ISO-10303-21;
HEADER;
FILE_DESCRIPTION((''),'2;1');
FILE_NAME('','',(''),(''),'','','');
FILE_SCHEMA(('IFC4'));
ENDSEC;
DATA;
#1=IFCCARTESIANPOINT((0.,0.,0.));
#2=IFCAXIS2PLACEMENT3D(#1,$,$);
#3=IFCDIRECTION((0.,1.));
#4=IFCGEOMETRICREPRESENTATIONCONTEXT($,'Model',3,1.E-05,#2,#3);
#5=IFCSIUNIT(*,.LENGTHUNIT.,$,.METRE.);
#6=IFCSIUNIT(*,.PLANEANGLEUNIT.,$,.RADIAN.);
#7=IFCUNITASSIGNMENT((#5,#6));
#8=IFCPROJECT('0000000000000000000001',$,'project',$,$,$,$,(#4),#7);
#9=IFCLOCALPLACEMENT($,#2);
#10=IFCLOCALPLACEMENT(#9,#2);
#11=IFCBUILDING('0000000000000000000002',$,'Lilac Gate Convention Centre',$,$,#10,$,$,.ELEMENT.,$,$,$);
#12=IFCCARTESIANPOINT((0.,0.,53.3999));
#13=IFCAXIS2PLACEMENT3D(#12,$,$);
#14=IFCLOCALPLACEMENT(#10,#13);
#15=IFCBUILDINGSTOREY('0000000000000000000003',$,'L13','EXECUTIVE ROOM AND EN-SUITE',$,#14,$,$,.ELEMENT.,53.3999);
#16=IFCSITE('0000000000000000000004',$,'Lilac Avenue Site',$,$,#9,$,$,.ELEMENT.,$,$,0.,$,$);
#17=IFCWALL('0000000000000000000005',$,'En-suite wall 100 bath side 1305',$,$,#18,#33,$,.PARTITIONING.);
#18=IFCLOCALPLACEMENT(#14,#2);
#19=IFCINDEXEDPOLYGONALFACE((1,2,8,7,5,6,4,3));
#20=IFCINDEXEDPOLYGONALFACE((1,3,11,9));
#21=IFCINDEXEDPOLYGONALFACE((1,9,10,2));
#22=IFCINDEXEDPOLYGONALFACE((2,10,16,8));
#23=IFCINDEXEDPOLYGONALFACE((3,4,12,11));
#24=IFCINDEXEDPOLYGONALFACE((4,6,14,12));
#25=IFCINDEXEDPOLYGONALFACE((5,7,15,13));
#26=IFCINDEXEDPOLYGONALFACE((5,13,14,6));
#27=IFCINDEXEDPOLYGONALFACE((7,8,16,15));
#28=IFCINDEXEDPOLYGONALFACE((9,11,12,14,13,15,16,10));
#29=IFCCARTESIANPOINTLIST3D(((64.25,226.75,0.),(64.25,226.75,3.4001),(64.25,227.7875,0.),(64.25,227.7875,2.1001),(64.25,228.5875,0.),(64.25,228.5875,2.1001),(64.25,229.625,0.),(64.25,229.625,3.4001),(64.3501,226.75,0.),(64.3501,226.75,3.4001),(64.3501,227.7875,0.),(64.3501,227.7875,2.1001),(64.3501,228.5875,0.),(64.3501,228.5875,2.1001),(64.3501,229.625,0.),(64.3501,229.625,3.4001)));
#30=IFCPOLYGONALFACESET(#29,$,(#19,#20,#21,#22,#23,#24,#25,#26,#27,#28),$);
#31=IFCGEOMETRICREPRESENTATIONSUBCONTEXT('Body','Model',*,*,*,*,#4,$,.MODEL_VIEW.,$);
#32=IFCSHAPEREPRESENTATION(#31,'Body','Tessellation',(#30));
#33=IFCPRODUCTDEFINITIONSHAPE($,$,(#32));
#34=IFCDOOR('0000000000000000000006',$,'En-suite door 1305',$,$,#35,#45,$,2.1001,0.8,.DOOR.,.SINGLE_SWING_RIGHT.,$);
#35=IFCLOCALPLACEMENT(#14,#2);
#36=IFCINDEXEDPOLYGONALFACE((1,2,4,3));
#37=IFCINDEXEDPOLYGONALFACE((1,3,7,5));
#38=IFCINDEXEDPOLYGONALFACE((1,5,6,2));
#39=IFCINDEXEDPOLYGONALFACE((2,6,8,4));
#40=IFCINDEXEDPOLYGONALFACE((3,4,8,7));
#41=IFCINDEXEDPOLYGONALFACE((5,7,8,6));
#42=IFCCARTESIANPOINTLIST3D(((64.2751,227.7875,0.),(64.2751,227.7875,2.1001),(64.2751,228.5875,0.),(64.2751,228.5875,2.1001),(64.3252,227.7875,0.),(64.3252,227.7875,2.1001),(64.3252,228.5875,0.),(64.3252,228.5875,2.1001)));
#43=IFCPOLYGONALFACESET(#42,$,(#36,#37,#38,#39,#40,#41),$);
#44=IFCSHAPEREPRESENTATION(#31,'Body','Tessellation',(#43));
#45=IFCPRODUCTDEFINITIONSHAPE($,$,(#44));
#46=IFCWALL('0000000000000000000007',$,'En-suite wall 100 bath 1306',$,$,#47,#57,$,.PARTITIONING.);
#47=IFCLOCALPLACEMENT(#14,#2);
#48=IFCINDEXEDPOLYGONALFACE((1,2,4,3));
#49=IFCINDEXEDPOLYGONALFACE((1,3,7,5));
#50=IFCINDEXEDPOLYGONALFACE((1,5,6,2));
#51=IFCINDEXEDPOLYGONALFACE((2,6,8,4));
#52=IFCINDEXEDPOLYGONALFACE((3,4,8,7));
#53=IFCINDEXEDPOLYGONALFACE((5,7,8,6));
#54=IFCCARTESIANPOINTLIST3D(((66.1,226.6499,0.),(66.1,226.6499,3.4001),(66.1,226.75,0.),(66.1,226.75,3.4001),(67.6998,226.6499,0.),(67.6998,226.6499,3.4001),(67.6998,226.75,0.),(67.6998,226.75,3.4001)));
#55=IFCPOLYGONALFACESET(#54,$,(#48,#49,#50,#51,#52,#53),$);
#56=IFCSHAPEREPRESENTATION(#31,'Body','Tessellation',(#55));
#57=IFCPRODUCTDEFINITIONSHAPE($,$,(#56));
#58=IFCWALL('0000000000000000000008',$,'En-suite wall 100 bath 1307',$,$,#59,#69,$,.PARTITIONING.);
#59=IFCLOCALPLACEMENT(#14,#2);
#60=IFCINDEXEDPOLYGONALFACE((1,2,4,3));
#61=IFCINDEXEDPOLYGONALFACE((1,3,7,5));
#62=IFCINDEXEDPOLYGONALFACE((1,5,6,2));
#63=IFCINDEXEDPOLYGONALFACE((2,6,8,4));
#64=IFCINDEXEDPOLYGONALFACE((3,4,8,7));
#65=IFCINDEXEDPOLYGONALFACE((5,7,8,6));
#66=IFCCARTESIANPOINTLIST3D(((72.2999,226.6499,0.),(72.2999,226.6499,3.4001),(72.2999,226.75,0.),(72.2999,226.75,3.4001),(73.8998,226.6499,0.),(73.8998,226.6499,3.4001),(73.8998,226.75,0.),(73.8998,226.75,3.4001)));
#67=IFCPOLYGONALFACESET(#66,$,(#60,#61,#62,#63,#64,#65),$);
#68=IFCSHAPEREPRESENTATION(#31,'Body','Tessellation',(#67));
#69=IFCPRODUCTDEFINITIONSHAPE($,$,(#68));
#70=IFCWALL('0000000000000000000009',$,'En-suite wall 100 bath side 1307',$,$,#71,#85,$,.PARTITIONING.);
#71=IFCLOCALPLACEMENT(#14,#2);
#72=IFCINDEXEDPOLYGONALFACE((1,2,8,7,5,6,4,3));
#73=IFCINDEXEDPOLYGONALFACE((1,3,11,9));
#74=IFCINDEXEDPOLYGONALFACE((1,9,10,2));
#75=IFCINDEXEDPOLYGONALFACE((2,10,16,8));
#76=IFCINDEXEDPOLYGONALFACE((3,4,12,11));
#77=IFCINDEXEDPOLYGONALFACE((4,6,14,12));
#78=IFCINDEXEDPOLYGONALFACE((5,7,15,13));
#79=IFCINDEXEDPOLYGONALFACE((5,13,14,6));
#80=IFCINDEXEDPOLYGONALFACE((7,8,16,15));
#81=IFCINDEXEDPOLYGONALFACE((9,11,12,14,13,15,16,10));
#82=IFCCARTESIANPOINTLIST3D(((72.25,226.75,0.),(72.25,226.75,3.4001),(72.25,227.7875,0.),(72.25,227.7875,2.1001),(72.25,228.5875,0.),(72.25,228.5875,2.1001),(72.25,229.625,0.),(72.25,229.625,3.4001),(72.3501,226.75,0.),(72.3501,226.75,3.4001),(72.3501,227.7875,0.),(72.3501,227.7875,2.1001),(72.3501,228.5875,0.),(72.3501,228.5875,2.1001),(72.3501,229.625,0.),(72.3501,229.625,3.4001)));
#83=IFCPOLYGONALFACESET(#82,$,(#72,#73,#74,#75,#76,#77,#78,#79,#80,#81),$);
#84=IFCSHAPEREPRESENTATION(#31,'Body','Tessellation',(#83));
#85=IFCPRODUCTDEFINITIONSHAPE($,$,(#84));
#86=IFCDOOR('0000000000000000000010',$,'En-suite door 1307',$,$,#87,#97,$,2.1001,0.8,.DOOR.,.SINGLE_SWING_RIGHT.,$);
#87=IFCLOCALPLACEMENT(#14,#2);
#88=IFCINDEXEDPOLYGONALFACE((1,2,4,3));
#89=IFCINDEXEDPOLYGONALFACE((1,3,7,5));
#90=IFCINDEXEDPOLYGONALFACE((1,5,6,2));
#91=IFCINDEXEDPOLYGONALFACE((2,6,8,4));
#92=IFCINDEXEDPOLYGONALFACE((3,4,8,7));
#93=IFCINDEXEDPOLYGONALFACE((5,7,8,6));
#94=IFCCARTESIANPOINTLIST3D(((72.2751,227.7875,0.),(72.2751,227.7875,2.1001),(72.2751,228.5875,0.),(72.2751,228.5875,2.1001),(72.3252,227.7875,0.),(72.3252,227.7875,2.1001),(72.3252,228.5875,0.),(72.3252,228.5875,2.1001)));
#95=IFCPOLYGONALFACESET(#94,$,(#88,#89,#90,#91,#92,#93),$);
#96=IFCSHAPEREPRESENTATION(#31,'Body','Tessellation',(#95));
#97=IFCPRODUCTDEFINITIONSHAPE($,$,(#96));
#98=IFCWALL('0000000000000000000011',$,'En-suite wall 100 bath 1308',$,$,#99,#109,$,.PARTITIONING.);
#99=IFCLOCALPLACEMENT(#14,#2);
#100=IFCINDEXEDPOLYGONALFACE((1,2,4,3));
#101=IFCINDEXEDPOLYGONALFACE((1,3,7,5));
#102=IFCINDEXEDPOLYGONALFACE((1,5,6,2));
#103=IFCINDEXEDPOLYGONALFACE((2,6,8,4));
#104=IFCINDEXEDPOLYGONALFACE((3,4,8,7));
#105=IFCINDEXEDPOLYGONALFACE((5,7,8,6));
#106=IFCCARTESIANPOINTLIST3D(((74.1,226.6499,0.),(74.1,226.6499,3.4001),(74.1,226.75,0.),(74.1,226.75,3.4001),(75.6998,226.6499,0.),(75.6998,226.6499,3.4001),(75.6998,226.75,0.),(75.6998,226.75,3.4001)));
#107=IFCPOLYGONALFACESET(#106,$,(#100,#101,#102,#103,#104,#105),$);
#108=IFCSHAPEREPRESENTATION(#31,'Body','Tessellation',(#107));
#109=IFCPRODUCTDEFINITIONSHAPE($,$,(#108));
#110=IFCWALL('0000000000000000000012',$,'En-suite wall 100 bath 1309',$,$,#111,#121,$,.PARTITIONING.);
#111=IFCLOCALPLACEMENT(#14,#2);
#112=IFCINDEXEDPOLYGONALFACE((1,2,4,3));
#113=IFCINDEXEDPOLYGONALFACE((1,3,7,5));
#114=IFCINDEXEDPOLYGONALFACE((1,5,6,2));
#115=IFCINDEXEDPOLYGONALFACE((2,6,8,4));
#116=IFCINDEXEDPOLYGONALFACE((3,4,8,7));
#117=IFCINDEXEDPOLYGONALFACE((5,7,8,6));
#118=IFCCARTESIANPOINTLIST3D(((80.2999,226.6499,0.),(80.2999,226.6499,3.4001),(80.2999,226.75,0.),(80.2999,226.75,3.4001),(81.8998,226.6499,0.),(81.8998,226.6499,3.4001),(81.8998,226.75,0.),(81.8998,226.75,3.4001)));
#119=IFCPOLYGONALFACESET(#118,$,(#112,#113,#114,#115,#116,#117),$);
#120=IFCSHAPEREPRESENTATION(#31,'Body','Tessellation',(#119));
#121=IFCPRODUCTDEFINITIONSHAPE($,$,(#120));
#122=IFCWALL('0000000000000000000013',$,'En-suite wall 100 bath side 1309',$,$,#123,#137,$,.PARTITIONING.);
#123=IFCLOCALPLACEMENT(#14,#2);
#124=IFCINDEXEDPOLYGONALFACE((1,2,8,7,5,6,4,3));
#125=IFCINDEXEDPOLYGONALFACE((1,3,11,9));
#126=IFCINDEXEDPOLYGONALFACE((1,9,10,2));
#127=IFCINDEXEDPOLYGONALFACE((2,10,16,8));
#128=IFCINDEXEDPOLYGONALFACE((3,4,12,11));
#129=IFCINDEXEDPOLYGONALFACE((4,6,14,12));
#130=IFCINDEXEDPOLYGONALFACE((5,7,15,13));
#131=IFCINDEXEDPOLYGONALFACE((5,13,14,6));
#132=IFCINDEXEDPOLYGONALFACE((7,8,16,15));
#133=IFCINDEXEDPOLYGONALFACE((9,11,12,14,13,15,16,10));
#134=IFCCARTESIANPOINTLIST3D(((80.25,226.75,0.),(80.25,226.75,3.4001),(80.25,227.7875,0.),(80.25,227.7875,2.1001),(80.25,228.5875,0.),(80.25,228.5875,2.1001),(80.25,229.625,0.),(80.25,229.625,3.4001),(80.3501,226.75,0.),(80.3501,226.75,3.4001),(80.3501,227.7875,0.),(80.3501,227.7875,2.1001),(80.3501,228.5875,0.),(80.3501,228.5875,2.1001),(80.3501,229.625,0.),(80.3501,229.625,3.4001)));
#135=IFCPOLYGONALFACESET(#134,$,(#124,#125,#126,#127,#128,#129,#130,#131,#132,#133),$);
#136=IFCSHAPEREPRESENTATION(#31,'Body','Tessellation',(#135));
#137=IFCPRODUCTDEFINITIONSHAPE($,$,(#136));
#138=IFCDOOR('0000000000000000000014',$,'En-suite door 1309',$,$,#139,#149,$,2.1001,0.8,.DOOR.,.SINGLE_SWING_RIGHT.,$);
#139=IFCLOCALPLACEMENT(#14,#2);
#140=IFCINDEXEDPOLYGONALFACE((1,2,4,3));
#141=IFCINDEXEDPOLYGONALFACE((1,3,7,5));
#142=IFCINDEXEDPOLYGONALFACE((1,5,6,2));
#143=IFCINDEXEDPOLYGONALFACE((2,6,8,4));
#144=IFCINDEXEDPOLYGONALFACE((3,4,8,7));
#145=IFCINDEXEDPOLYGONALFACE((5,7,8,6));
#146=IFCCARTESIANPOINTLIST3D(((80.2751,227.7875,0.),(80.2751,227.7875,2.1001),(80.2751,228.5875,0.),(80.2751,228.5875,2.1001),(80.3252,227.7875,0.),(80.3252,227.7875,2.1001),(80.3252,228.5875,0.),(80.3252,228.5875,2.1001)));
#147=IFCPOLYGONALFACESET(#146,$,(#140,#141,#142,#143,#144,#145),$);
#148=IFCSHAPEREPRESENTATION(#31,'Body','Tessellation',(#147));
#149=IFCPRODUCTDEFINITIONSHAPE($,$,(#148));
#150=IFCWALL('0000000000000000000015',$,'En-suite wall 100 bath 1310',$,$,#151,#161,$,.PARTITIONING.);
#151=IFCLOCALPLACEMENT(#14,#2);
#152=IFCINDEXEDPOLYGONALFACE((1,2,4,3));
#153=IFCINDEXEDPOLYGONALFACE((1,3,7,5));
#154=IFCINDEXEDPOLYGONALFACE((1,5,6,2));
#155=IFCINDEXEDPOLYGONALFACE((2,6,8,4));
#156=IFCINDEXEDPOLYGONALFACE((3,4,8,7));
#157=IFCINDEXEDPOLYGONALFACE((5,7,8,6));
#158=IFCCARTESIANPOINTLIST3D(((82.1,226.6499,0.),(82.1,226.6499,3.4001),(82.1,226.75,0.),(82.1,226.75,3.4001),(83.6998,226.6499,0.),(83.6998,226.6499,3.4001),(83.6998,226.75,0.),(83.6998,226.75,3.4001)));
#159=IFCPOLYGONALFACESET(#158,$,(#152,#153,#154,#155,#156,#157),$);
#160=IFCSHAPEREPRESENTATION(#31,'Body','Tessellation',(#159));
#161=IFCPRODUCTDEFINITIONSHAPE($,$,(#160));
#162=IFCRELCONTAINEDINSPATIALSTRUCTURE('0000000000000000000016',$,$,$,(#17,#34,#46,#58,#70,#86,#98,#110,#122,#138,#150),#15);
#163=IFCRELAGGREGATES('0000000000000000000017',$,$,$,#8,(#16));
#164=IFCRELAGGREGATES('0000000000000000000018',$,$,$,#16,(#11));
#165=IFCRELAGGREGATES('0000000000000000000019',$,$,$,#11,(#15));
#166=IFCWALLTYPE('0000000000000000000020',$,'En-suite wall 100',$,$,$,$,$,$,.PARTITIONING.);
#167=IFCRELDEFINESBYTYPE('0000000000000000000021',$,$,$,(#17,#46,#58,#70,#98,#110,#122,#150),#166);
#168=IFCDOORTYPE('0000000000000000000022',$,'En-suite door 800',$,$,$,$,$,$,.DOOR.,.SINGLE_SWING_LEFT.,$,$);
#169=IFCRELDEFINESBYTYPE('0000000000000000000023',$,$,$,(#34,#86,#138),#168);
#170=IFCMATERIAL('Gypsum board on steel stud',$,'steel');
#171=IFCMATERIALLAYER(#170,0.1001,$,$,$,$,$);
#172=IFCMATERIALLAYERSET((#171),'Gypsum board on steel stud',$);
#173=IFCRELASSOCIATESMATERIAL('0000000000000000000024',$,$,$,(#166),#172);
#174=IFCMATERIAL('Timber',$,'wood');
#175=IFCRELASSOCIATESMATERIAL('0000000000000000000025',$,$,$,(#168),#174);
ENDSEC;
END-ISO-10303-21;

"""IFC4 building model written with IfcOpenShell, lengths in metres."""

from ifc_helpers import new_model, si_unit, direction, frame, frame_2d, origin, place, context, subcontext, project, spatial, rectangle, extrude, material, layer, layer_set, type_object, element, fill, save


model = new_model("IFC4")

# Units and contexts
model_context = context("Model", 3, precision=1e-05, world=origin(), true_north=direction((0.0, 1.0)))
body_context = subcontext(model_context, "Body", "Model", "MODEL_VIEW")
ifc_project = project(units=[si_unit("LENGTHUNIT", "METRE"), si_unit("PLANEANGLEUNIT", "RADIAN")], contexts=[model_context])

# Site, building, storey
site_placement = place(None, origin())
site = spatial("IfcSite", under=ifc_project, at=site_placement, Name="Lilac Avenue Site", CompositionType="ELEMENT", RefElevation=0.0)
building_placement = place(site_placement, origin())
building = spatial("IfcBuilding", under=site, at=building_placement, Name="Lilac Gate Convention Centre", CompositionType="ELEMENT")
storey_placement = place(building_placement, frame((0.0, 0.0, 53.3999)))
storey = spatial("IfcBuildingStorey", under=building, at=storey_placement, Name="L13", Description="EXECUTIVE ROOM AND EN-SUITE", CompositionType="ELEMENT", Elevation=53.3999)

# Shared definitions
ifc_material_1 = material(Name="Gypsum board on steel stud", Category="steel")
ifc_layer_1 = layer(ifc_material_1, 0.1001)
ifc_layer_set_1 = layer_set([ifc_layer_1], Name="Gypsum board on steel stud")
wall_type_1 = type_object("IfcWallType", Name="En-suite wall 100", PredefinedType="PARTITIONING", material=ifc_layer_set_1)

# Shared definitions
ifc_material_2 = material(Name="Timber", Category="wood")
door_type = type_object("IfcDoorType", Name="En-suite door 800", OperationType="SINGLE_SWING_LEFT", PredefinedType="DOOR", material=ifc_material_2)

# Wall, opening, door
wall_1_placement = place(storey_placement, frame((64.3, 226.75, 0.0), z_axis=(0.0, 0.0, 1.0), x_axis=(0.0, 1.0, 0.0)))
wall_1 = element("IfcWall", 1, at=wall_1_placement, inside=storey, type_object=wall_type_1, Name="En-suite wall 100 bath side 1305", PredefinedType="PARTITIONING", context=body_context, shape_type="SweptSolid", body=[
    extrude(rectangle(XDim=2.875, YDim=0.1001, at=frame_2d((1.4375, 0.0))), origin(), (0.0, 0.0, 1.0), 3.4001),
])
opening_1_placement = place(wall_1_placement, frame((1.0376, 0.0, 0.0)))
opening_1 = element("IfcOpeningElement", 2, at=opening_1_placement, cuts=wall_1, PredefinedType="OPENING", context=body_context, shape_type="SweptSolid", body=[
    extrude(rectangle(XDim=0.8, YDim=2.1001, at=frame_2d((0.3999, 1.05))), frame((0.0, 0.0601, 0.0), z_axis=(0.0, -1.0, 0.0), x_axis=(1.0, 0.0, 0.0)), (0.0, 0.0, 1.0), 0.1201),
])
door_1_placement = place(opening_1_placement, origin())
door_1 = element("IfcDoor", 3, at=door_1_placement, inside=storey, type_object=door_type, Name="En-suite door 1305", OperationType="SINGLE_SWING_RIGHT", OverallHeight=2.1001, OverallWidth=0.8, PredefinedType="DOOR", context=body_context, shape_type="SweptSolid", body=[
    extrude(rectangle(XDim=0.8, YDim=2.1001, at=frame_2d((0.3999, 1.05))), frame((0.0, 0.0249, 0.0), z_axis=(0.0, -1.0, 0.0), x_axis=(1.0, 0.0, 0.0)), (0.0, 0.0, 1.0), 0.05),
])
fill(opening_1, door_1)

# Walls
for number, where, z_axis, x_axis, name in (
    (4, (66.1001, 226.7, 0.0), (0.0, 0.0, 1.0), (1.0, 0.0, 0.0), "En-suite wall 100 bath 1306"),
    (5, (72.3, 226.7, 0.0), (0.0, 0.0, 1.0), (1.0, 0.0, 0.0), "En-suite wall 100 bath 1307"),
):
    element("IfcWall", number, at=place(storey_placement, frame(where, z_axis=z_axis, x_axis=x_axis)), inside=storey, type_object=wall_type_1, Name=name, PredefinedType="PARTITIONING", context=body_context, shape_type="SweptSolid", body=[
        extrude(rectangle(XDim=1.5999, YDim=0.1001, at=frame_2d((0.7998, 0.0))), origin(), (0.0, 0.0, 1.0), 3.4001),
    ])

# Wall, opening, door
wall_2_placement = place(storey_placement, frame((72.3, 226.75, 0.0), z_axis=(0.0, 0.0, 1.0), x_axis=(0.0, 1.0, 0.0)))
wall_2 = element("IfcWall", 6, at=wall_2_placement, inside=storey, type_object=wall_type_1, Name="En-suite wall 100 bath side 1307", PredefinedType="PARTITIONING", context=body_context, shape_type="SweptSolid", body=[
    extrude(rectangle(XDim=2.875, YDim=0.1001, at=frame_2d((1.4375, 0.0))), origin(), (0.0, 0.0, 1.0), 3.4001),
])
opening_2_placement = place(wall_2_placement, frame((1.0376, 0.0, 0.0)))
opening_2 = element("IfcOpeningElement", 7, at=opening_2_placement, cuts=wall_2, PredefinedType="OPENING", context=body_context, shape_type="SweptSolid", body=[
    extrude(rectangle(XDim=0.8, YDim=2.1001, at=frame_2d((0.3999, 1.05))), frame((0.0, 0.0601, 0.0), z_axis=(0.0, -1.0, 0.0), x_axis=(1.0, 0.0, 0.0)), (0.0, 0.0, 1.0), 0.1201),
])
door_2_placement = place(opening_2_placement, origin())
door_2 = element("IfcDoor", 8, at=door_2_placement, inside=storey, type_object=door_type, Name="En-suite door 1307", OperationType="SINGLE_SWING_RIGHT", OverallHeight=2.1001, OverallWidth=0.8, PredefinedType="DOOR", context=body_context, shape_type="SweptSolid", body=[
    extrude(rectangle(XDim=0.8, YDim=2.1001, at=frame_2d((0.3999, 1.05))), frame((0.0, 0.0249, 0.0), z_axis=(0.0, -1.0, 0.0), x_axis=(1.0, 0.0, 0.0)), (0.0, 0.0, 1.0), 0.05),
])
fill(opening_2, door_2)

# Walls
for number, where, z_axis, x_axis, name in (
    (9, (74.1001, 226.7, 0.0), (0.0, 0.0, 1.0), (1.0, 0.0, 0.0), "En-suite wall 100 bath 1308"),
    (10, (80.3, 226.7, 0.0), (0.0, 0.0, 1.0), (1.0, 0.0, 0.0), "En-suite wall 100 bath 1309"),
):
    element("IfcWall", number, at=place(storey_placement, frame(where, z_axis=z_axis, x_axis=x_axis)), inside=storey, type_object=wall_type_1, Name=name, PredefinedType="PARTITIONING", context=body_context, shape_type="SweptSolid", body=[
        extrude(rectangle(XDim=1.5999, YDim=0.1001, at=frame_2d((0.7998, 0.0))), origin(), (0.0, 0.0, 1.0), 3.4001),
    ])

# Wall, opening, door
wall_3_placement = place(storey_placement, frame((80.3, 226.75, 0.0), z_axis=(0.0, 0.0, 1.0), x_axis=(0.0, 1.0, 0.0)))
wall_3 = element("IfcWall", 11, at=wall_3_placement, inside=storey, type_object=wall_type_1, Name="En-suite wall 100 bath side 1309", PredefinedType="PARTITIONING", context=body_context, shape_type="SweptSolid", body=[
    extrude(rectangle(XDim=2.875, YDim=0.1001, at=frame_2d((1.4375, 0.0))), origin(), (0.0, 0.0, 1.0), 3.4001),
])
opening_3_placement = place(wall_3_placement, frame((1.0376, 0.0, 0.0)))
opening_3 = element("IfcOpeningElement", 12, at=opening_3_placement, cuts=wall_3, PredefinedType="OPENING", context=body_context, shape_type="SweptSolid", body=[
    extrude(rectangle(XDim=0.8, YDim=2.1001, at=frame_2d((0.3999, 1.05))), frame((0.0, 0.0601, 0.0), z_axis=(0.0, -1.0, 0.0), x_axis=(1.0, 0.0, 0.0)), (0.0, 0.0, 1.0), 0.1201),
])
door_3_placement = place(opening_3_placement, origin())
door_3 = element("IfcDoor", 13, at=door_3_placement, inside=storey, type_object=door_type, Name="En-suite door 1309", OperationType="SINGLE_SWING_RIGHT", OverallHeight=2.1001, OverallWidth=0.8, PredefinedType="DOOR", context=body_context, shape_type="SweptSolid", body=[
    extrude(rectangle(XDim=0.8, YDim=2.1001, at=frame_2d((0.3999, 1.05))), frame((0.0, 0.0249, 0.0), z_axis=(0.0, -1.0, 0.0), x_axis=(1.0, 0.0, 0.0)), (0.0, 0.0, 1.0), 0.05),
])
fill(opening_3, door_3)

# Wall
wall_4_placement = place(storey_placement, frame((82.1001, 226.7, 0.0), z_axis=(0.0, 0.0, 1.0), x_axis=(1.0, 0.0, 0.0)))
element("IfcWall", 14, at=wall_4_placement, inside=storey, type_object=wall_type_1, Name="En-suite wall 100 bath 1310", PredefinedType="PARTITIONING", context=body_context, shape_type="SweptSolid", body=[
    extrude(rectangle(XDim=1.5999, YDim=0.1001, at=frame_2d((0.7998, 0.0))), origin(), (0.0, 0.0, 1.0), 3.4001),
])

save(model, "model.ifc")
